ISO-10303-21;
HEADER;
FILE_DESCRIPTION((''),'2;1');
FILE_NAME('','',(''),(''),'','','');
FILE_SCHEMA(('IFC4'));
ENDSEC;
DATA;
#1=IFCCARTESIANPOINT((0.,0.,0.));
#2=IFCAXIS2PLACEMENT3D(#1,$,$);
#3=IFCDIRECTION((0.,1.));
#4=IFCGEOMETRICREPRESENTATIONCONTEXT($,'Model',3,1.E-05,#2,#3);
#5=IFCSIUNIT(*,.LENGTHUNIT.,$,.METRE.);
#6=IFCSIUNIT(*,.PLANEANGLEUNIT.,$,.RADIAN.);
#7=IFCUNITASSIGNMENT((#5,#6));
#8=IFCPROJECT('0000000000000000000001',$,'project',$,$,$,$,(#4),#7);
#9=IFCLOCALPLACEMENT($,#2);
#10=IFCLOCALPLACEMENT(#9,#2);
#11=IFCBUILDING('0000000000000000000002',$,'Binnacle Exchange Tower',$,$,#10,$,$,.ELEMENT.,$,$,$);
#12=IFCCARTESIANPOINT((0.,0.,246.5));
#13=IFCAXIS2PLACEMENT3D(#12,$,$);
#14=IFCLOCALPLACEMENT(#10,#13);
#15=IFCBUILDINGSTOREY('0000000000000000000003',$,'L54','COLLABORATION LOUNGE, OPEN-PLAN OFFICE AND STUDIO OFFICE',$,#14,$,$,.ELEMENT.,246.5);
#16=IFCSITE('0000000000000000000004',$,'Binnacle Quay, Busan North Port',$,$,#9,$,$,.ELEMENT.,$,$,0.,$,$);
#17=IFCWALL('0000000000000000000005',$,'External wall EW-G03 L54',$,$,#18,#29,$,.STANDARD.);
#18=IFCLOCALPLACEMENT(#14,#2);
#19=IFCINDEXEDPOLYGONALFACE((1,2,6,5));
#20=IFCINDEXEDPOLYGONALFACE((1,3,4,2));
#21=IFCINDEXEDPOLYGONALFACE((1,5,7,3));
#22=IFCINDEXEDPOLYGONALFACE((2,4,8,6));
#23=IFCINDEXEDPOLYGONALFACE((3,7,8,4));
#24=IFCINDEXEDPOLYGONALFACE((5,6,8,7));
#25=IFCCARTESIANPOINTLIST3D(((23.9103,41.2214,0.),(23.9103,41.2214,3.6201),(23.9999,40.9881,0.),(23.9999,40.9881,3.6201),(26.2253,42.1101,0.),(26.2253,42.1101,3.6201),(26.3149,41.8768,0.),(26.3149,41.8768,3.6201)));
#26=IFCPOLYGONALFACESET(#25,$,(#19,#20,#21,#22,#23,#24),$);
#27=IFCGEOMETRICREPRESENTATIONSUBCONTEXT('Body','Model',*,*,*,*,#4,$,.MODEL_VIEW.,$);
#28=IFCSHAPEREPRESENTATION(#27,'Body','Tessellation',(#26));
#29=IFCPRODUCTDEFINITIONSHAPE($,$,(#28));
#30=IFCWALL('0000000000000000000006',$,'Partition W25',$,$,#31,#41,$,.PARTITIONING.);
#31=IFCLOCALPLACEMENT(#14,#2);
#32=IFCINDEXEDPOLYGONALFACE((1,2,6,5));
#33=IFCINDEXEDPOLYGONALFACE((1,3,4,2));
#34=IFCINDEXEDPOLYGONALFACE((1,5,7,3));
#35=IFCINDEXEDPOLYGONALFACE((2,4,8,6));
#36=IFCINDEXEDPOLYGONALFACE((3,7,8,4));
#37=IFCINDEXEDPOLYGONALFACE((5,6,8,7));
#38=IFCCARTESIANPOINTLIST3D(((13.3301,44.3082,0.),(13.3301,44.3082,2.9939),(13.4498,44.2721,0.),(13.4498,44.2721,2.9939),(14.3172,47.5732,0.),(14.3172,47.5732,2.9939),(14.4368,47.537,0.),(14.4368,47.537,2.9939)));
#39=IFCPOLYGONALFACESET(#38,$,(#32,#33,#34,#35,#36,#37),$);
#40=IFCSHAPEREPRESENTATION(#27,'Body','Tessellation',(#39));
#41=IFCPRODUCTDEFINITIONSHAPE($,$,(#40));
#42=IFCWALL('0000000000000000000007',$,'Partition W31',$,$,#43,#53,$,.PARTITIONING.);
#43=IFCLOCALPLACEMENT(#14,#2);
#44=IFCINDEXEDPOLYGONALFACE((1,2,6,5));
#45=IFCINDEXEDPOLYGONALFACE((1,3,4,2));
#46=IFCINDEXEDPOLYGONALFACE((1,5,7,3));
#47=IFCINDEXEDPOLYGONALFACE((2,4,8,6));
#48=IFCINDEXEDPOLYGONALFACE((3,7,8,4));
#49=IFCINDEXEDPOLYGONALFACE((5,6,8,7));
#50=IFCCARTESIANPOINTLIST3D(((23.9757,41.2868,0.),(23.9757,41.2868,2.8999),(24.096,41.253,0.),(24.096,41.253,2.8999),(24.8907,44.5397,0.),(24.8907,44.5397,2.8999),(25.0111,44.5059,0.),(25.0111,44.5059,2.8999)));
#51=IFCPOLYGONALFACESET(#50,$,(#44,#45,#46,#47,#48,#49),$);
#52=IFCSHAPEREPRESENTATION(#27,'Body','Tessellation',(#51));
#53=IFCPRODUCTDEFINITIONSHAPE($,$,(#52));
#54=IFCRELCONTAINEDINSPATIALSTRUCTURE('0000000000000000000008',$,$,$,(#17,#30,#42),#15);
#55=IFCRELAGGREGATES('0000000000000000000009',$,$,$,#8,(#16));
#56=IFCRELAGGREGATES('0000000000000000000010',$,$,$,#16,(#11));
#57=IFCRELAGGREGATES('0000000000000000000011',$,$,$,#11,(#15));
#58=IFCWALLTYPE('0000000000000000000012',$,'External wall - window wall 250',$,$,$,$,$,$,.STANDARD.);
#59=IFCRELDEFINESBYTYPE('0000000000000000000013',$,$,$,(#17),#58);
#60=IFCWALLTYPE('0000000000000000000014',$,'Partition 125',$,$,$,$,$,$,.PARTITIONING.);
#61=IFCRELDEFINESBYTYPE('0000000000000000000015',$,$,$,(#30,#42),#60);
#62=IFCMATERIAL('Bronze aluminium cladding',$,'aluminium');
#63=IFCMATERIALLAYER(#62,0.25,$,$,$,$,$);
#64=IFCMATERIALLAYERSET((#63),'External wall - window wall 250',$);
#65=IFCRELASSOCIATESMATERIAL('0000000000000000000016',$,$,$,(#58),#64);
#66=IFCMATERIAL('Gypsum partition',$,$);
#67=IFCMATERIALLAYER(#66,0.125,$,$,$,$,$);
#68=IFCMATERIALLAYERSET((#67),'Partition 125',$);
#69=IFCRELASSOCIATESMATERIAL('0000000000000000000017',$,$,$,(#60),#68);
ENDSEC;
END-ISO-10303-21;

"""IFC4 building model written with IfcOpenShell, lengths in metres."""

from ifc_helpers import new_model, si_unit, direction, frame, frame_2d, origin, place, context, subcontext, project, spatial, rectangle, extrude, material, layer, layer_set, type_object, element, save


model = new_model("IFC4")

# Units and contexts
model_context = context("Model", 3, precision=1e-05, world=origin(), true_north=direction((0.0, 1.0)))
body_context = subcontext(model_context, "Body", "Model", "MODEL_VIEW")
ifc_project = project(units=[si_unit("LENGTHUNIT", "METRE"), si_unit("PLANEANGLEUNIT", "RADIAN")], contexts=[model_context])

# Site, building, storey
site_placement = place(None, origin())
site = spatial("IfcSite", under=ifc_project, at=site_placement, Name="Binnacle Quay, Busan North Port", CompositionType="ELEMENT", RefElevation=0.0)
building_placement = place(site_placement, origin())
building = spatial("IfcBuilding", under=site, at=building_placement, Name="Binnacle Exchange Tower", CompositionType="ELEMENT")
storey_placement = place(building_placement, frame((0.0, 0.0, 246.5)))
storey = spatial("IfcBuildingStorey", under=building, at=storey_placement, Name="L54", Description="COLLABORATION LOUNGE, OPEN-PLAN OFFICE AND STUDIO OFFICE", CompositionType="ELEMENT", Elevation=246.5)

# Shared definitions
ifc_material_1 = material(Name="Bronze aluminium cladding", Category="aluminium")
ifc_layer_1 = layer(ifc_material_1, 0.25)
ifc_layer_set_1 = layer_set([ifc_layer_1], Name="External wall - window wall 250")
wall_type_1 = type_object("IfcWallType", Name="External wall - window wall 250", PredefinedType="STANDARD", material=ifc_layer_set_1)

# Walls
wall_1_placement = place(storey_placement, frame((26.27, 41.9934, 0.0), z_axis=(0.0, 0.0, 1.0), x_axis=(-0.933574, -0.358385, 0.0)))
element("IfcWall", 1, at=wall_1_placement, inside=storey, type_object=wall_type_1, Name="External wall EW-G03 L54", PredefinedType="STANDARD", context=body_context, shape_type="SweptSolid", body=[
    extrude(rectangle(XDim=2.4797, YDim=0.25, at=frame_2d((1.2397, 0.0))), origin(), (0.0, 0.0, 1.0), 3.6201),
])
ifc_material_2 = material(Name="Gypsum partition")
ifc_layer_2 = layer(ifc_material_2, 0.125)
ifc_layer_set_2 = layer_set([ifc_layer_2], Name="Partition 125")
wall_type_2 = type_object("IfcWallType", Name="Partition 125", PredefinedType="PARTITIONING", material=ifc_layer_set_2)
wall_2_placement = place(storey_placement, frame((13.3899, 44.29, 0.0), z_axis=(0.0, 0.0, 1.0), x_axis=(0.28939, 0.957211, 0.0)))
element("IfcWall", 2, at=wall_2_placement, inside=storey, type_object=wall_type_2, Name="Partition W25", PredefinedType="PARTITIONING", context=body_context, shape_type="SweptSolid", body=[
    extrude(rectangle(XDim=3.4109, YDim=0.125, at=frame_2d((1.7056, 0.0))), origin(), (0.0, 0.0, 1.0), 2.9939),
])
wall_3_placement = place(storey_placement, frame((24.0359, 41.27, 0.0), z_axis=(0.0, 0.0, 1.0), x_axis=(0.270787, 0.962639, 0.0)))
element("IfcWall", 3, at=wall_3_placement, inside=storey, type_object=wall_type_2, Name="Partition W31", PredefinedType="PARTITIONING", context=body_context, shape_type="SweptSolid", body=[
    extrude(rectangle(XDim=3.3792, YDim=0.125, at=frame_2d((1.6895, 0.0))), origin(), (0.0, 0.0, 1.0), 2.8999),
])

save(model, "model.ifc")
